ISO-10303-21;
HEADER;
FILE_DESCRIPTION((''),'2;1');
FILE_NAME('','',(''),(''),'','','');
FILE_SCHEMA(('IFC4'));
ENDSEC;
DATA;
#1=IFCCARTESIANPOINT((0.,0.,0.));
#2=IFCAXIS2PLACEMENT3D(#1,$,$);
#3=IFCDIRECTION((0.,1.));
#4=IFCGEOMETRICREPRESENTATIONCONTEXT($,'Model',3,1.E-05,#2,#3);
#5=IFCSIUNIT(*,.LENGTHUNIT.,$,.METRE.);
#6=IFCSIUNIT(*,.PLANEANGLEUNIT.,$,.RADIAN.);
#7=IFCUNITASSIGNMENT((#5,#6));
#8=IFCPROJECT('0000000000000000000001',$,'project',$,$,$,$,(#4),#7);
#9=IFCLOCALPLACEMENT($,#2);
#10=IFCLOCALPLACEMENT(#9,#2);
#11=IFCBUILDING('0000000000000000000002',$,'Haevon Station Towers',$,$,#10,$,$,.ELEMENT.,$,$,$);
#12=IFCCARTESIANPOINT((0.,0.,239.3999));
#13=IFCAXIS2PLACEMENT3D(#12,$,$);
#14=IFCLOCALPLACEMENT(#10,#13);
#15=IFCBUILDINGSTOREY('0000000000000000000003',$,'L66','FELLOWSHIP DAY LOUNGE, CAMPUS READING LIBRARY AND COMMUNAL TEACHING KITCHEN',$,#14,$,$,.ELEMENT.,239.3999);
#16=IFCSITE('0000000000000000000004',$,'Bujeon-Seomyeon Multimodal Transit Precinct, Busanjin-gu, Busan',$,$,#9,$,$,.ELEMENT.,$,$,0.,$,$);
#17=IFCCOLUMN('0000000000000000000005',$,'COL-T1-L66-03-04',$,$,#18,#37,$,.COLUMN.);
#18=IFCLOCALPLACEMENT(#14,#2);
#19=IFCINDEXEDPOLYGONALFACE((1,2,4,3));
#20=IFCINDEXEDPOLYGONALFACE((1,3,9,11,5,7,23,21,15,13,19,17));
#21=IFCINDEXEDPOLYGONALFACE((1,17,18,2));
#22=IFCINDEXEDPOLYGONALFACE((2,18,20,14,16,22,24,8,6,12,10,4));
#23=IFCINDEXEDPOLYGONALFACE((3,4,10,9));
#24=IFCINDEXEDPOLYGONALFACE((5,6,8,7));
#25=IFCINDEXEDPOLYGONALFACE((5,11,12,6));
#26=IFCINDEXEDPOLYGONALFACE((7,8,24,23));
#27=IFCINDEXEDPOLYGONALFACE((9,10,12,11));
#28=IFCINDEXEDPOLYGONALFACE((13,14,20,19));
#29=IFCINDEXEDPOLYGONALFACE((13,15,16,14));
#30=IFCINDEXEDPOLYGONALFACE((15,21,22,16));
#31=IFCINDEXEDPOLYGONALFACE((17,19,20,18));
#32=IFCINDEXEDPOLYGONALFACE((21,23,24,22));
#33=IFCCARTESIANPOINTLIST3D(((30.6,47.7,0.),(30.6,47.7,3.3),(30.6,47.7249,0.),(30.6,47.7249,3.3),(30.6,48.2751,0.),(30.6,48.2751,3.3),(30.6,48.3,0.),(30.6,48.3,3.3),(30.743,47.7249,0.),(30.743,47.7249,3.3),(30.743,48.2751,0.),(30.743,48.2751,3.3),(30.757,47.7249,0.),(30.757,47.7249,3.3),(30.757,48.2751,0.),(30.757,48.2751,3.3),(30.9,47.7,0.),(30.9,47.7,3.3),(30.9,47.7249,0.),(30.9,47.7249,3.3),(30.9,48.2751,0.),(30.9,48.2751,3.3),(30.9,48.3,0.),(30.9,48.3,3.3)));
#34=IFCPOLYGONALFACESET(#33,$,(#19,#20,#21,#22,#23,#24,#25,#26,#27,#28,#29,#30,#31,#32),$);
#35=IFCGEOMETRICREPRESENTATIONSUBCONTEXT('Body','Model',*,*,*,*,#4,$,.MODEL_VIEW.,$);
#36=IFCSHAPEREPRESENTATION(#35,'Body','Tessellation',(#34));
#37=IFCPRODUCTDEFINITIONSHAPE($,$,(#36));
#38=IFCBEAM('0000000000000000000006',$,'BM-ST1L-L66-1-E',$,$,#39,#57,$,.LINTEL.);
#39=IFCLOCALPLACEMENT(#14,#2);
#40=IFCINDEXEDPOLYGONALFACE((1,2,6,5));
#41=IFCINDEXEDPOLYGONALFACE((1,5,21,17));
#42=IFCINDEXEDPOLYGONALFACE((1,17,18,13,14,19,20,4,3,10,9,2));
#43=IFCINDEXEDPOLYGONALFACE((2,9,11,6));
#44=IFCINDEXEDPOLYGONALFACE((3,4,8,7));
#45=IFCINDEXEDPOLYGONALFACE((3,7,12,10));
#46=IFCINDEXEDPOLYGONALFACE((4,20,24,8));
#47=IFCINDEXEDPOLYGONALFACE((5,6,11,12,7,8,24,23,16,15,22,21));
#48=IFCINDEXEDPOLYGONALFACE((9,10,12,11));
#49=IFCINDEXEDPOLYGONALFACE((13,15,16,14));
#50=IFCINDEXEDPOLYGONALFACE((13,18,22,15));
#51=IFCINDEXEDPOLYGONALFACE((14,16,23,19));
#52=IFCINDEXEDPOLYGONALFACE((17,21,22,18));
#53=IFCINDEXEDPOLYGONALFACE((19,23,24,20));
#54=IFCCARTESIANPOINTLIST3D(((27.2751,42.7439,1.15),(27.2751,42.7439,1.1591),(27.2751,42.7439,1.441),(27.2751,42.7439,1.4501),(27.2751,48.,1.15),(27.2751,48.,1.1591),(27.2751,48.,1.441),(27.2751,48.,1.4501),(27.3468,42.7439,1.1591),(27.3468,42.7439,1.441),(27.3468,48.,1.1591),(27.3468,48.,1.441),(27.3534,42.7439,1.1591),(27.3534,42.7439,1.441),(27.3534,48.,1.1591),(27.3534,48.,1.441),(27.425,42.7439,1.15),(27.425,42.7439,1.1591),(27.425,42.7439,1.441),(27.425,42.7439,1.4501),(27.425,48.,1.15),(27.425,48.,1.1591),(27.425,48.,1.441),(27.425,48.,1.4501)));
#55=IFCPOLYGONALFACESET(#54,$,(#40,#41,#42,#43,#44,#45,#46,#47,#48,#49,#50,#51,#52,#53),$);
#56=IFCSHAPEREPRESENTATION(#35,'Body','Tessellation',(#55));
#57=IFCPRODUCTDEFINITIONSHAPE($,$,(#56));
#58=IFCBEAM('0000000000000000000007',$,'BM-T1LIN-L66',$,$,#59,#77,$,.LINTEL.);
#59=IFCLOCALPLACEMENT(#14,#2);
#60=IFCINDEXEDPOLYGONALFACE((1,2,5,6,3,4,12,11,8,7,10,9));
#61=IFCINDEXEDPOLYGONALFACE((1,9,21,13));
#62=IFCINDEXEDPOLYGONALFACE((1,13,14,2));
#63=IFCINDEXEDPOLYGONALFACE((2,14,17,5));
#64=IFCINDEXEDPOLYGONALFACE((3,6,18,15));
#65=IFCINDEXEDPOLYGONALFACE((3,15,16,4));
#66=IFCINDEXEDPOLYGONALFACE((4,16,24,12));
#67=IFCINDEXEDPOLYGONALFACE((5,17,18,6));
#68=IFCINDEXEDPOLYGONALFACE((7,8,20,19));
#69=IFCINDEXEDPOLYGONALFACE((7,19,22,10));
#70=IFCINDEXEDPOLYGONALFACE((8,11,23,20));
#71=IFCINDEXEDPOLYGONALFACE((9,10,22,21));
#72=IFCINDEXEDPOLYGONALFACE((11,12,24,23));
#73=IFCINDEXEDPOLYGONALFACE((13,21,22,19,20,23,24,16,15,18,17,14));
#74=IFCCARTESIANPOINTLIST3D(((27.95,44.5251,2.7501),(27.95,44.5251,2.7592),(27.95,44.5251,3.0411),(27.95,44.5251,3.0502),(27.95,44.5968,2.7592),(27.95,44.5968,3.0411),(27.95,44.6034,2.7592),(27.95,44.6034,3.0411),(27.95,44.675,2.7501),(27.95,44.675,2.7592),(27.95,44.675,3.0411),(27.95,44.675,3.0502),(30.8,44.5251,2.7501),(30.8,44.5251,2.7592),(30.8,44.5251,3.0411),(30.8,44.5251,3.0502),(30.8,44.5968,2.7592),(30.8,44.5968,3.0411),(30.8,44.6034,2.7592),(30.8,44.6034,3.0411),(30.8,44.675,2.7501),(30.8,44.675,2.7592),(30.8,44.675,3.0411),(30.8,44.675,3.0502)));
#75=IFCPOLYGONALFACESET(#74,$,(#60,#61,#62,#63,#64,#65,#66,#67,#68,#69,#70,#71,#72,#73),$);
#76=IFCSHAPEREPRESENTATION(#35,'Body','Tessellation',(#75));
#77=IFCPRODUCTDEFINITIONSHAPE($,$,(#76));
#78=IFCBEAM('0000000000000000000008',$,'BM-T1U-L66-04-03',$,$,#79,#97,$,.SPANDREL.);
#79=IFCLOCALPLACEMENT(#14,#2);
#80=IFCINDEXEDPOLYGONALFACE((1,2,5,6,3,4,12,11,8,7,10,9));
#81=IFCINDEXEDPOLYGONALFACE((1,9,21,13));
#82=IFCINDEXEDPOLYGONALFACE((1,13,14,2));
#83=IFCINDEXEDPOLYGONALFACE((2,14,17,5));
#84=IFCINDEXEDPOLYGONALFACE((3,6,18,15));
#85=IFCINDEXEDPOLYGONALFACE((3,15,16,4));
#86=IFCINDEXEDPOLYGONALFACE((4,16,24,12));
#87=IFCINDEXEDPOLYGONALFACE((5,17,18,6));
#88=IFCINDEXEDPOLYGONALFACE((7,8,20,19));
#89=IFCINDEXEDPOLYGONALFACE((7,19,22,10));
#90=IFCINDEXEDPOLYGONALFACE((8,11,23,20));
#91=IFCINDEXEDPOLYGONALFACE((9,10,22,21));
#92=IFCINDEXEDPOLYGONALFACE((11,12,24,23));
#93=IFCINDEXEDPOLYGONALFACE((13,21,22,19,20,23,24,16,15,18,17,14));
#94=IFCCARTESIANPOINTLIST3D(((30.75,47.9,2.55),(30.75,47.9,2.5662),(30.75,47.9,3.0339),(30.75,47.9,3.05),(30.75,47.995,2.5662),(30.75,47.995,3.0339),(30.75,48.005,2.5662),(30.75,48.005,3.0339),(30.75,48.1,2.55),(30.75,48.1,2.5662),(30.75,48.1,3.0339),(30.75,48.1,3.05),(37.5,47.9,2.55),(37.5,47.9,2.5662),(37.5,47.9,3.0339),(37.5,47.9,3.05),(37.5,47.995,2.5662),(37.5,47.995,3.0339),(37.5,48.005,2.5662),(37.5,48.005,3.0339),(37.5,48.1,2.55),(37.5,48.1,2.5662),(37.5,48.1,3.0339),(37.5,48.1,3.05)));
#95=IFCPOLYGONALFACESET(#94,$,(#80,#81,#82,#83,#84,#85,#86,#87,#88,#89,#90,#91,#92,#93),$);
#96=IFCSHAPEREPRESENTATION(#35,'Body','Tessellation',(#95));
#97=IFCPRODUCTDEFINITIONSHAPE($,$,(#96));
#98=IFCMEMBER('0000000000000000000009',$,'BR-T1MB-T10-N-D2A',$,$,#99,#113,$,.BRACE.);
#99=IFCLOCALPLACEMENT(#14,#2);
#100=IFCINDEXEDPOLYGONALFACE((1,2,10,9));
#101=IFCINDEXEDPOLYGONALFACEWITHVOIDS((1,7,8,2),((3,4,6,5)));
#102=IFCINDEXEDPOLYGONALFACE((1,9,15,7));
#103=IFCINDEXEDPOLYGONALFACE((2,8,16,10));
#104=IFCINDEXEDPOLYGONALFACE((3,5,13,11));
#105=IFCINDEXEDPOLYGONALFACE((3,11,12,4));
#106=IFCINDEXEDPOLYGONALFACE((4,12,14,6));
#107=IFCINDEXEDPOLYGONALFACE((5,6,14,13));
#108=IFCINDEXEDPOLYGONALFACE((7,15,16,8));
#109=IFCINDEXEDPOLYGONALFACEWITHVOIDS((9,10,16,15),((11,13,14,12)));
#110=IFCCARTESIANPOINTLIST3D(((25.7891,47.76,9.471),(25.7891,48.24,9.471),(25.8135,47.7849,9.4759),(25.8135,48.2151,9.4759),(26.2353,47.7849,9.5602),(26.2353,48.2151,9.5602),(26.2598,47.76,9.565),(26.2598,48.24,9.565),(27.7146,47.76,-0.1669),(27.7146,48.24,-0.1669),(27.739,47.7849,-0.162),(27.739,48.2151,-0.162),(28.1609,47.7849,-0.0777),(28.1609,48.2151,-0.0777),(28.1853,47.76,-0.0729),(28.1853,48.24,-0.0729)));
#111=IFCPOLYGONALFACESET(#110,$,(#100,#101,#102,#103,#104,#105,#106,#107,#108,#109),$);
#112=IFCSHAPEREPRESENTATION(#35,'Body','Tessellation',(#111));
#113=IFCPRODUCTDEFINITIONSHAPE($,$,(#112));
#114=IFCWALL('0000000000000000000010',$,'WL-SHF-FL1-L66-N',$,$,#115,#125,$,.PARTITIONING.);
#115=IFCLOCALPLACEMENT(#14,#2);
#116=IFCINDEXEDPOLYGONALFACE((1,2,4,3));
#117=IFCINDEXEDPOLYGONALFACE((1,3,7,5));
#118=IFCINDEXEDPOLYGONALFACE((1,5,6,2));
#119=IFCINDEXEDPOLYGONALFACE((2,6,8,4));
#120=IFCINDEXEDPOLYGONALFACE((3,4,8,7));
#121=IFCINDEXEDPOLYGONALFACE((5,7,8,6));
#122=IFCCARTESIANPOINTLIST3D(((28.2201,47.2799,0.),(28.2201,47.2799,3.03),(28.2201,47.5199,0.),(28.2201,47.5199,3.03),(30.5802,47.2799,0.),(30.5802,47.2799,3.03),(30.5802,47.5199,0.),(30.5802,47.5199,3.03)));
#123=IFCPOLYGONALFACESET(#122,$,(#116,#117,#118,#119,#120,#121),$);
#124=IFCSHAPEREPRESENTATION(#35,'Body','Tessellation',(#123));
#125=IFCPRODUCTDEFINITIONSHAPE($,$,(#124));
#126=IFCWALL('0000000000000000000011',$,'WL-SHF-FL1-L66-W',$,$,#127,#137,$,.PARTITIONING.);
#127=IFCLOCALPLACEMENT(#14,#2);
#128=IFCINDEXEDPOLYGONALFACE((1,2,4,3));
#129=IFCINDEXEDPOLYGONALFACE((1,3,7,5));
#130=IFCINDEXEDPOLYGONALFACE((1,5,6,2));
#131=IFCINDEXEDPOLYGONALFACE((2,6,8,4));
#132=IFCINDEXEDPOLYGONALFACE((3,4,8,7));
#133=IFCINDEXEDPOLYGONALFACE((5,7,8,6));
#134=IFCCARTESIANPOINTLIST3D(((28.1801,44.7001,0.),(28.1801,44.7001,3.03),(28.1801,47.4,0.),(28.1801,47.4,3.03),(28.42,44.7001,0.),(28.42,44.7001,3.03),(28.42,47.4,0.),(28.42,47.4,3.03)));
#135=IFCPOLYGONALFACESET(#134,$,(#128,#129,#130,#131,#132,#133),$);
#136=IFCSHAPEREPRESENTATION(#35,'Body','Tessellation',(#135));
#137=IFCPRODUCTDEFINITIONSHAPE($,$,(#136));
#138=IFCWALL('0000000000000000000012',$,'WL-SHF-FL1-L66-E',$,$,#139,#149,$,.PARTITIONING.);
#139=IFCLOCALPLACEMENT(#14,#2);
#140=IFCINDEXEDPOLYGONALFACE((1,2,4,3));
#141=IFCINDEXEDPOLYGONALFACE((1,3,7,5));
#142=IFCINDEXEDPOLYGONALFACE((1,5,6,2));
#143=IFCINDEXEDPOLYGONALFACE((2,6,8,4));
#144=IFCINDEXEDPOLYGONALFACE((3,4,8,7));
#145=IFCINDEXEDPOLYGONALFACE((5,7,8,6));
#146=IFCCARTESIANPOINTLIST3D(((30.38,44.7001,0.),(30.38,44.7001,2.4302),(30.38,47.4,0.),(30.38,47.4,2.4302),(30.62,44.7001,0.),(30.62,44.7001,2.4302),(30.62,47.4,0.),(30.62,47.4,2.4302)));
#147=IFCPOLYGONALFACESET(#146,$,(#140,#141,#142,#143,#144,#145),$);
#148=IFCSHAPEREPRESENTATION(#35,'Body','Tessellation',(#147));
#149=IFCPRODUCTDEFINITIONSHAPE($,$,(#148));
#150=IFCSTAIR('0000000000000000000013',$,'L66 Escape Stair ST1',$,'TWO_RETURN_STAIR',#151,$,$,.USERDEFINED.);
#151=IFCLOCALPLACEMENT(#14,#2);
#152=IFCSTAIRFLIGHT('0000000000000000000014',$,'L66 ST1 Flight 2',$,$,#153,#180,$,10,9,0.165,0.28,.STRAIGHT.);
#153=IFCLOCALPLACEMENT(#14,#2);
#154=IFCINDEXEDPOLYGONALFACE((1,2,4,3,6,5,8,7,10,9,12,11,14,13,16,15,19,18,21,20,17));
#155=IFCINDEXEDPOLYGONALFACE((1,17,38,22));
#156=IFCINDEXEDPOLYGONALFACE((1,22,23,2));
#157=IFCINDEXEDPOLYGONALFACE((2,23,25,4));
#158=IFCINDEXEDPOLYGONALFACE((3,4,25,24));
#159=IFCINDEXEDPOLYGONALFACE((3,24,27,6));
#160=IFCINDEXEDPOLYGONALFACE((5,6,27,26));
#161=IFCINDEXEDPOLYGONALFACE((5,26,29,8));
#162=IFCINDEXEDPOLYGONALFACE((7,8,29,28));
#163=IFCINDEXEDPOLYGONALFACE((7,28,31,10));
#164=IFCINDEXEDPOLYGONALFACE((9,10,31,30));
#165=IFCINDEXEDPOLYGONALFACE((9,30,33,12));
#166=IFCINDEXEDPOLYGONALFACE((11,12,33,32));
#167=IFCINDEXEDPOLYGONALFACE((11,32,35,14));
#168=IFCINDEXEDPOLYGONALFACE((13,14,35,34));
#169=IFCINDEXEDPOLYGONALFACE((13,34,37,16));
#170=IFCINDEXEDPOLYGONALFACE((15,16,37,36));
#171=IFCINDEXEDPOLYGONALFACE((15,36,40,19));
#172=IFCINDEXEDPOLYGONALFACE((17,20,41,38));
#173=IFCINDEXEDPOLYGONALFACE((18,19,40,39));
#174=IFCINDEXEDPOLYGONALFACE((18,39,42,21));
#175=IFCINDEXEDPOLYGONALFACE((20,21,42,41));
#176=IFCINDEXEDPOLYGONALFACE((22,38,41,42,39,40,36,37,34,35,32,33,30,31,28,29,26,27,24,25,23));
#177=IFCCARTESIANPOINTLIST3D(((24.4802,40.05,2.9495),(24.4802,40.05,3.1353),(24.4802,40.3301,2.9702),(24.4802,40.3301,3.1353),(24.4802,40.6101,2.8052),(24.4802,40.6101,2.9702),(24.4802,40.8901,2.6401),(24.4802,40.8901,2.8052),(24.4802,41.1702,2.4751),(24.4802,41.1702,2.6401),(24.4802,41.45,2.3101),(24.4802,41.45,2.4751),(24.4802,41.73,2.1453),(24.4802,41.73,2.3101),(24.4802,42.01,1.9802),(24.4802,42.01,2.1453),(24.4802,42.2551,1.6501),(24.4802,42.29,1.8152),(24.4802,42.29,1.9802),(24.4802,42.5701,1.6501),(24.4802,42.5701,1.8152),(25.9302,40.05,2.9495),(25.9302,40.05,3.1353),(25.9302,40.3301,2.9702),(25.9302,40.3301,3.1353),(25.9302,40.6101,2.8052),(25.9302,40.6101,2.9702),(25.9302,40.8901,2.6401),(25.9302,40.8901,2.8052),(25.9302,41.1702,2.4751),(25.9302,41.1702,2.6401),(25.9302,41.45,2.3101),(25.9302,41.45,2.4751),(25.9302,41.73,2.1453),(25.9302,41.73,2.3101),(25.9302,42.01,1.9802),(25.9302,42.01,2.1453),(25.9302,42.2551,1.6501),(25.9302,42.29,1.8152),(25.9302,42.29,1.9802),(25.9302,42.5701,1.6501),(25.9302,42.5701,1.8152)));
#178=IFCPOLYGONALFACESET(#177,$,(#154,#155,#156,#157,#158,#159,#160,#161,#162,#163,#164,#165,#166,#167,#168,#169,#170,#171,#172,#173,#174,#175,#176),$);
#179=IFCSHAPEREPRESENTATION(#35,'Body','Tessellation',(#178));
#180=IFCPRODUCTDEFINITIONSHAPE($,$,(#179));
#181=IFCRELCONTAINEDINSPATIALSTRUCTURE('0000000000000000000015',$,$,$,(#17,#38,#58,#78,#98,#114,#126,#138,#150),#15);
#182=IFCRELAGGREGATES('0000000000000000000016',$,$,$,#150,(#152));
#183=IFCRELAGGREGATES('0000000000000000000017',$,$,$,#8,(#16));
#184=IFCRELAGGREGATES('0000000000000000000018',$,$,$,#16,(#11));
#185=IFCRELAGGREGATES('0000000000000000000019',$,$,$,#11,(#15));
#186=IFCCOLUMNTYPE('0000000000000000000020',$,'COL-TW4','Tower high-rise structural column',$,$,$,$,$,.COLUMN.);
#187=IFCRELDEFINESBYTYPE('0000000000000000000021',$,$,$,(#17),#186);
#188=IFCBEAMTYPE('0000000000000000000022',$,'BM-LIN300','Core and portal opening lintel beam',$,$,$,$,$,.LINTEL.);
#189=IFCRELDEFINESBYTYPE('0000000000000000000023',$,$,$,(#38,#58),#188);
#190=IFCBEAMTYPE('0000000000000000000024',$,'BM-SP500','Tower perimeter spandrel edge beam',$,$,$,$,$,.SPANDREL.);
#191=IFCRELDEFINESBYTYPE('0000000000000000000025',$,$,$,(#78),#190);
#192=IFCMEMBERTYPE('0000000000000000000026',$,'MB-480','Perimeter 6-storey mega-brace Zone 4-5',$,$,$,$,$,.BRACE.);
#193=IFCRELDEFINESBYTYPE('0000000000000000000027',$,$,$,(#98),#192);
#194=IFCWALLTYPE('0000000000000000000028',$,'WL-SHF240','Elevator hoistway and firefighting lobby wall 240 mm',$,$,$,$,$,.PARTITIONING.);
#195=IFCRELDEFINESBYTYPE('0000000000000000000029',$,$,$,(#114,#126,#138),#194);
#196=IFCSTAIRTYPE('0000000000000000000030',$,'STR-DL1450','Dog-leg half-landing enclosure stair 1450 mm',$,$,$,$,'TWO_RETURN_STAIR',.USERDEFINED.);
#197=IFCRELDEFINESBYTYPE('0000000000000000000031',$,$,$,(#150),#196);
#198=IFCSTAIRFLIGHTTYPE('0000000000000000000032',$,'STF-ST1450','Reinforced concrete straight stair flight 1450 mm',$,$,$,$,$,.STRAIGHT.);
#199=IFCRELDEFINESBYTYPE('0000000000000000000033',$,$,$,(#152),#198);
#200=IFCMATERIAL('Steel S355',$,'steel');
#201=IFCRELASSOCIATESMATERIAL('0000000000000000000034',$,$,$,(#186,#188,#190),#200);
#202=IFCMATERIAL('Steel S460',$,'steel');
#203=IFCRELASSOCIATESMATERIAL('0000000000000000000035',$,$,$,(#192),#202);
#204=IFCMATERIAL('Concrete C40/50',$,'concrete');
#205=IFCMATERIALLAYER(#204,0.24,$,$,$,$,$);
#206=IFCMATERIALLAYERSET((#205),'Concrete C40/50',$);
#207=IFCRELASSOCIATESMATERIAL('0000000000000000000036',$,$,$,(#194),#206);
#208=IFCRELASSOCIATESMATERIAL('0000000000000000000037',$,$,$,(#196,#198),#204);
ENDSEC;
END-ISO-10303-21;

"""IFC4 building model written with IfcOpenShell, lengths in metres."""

from ifc_helpers import new_model, si_unit, direction, frame, frame_2d, origin, origin_2d, place, context, subcontext, project, spatial, polyline, rectangle, hollow_rectangle, i_section, outline, extrude, material, layer, layer_set, material_profile, profile_set, type_object, element, aggregate, save


model = new_model("IFC4")

# Units and contexts
model_context = context("Model", 3, precision=1e-05, world=origin(), true_north=direction((0.0, 1.0)))
body_context = subcontext(model_context, "Body", "Model", "MODEL_VIEW")
ifc_project = project(units=[si_unit("LENGTHUNIT", "METRE"), si_unit("PLANEANGLEUNIT", "RADIAN")], contexts=[model_context])

# Site, building, storey
site_placement = place(None, origin())
site = spatial("IfcSite", under=ifc_project, at=site_placement, Name="Bujeon-Seomyeon Multimodal Transit Precinct, Busanjin-gu, Busan", CompositionType="ELEMENT", RefElevation=0.0)
building_placement = place(site_placement, origin())
building = spatial("IfcBuilding", under=site, at=building_placement, Name="Haevon Station Towers", CompositionType="ELEMENT")
storey_placement = place(building_placement, frame((0.0, 0.0, 239.3999)))
storey = spatial("IfcBuildingStorey", under=building, at=storey_placement, Name="L66", Description="FELLOWSHIP DAY LOUNGE, CAMPUS READING LIBRARY AND COMMUNAL TEACHING KITCHEN", CompositionType="ELEMENT", Elevation=239.3999)

# Column
ifc_material_1 = material(Name="Steel S355", Category="steel")
ifc_material_profile_1 = material_profile(ifc_material_1, i_section(OverallWidth=0.3, OverallDepth=0.6001, WebThickness=0.0139, FlangeThickness=0.0249, at=origin_2d()), Name="H-600x300x14x25")
ifc_profile_set_1 = profile_set([ifc_material_profile_1], Name="Steel S355")
column_type = type_object("IfcColumnType", Name="COL-TW4", Description="Tower high-rise structural column", PredefinedType="COLUMN", material=ifc_profile_set_1)
column_placement = place(storey_placement, frame((30.75, 48.0, 0.0), z_axis=(0.0, 0.0, 1.0), x_axis=(1.0, 0.0, 0.0)))
element("IfcColumn", 1, at=column_placement, inside=storey, type_object=column_type, Name="COL-T1-L66-03-04", PredefinedType="COLUMN", context=body_context, shape_type="SweptSolid", body=[
    extrude(i_section(OverallWidth=0.3, OverallDepth=0.6001, WebThickness=0.0139, FlangeThickness=0.0249, at=origin_2d()), origin(), (0.0, 0.0, 1.0), 3.3),
])

# Beams
ifc_material_profile_2 = material_profile(ifc_material_1, i_section(OverallWidth=0.1499, OverallDepth=0.3, WebThickness=0.0066, FlangeThickness=0.009, at=origin_2d()), Name="H-300x150x6.5x9")
ifc_profile_set_2 = profile_set([ifc_material_profile_2], Name="Steel S355")
beam_type_1 = type_object("IfcBeamType", Name="BM-LIN300", Description="Core and portal opening lintel beam", PredefinedType="LINTEL", material=ifc_profile_set_2)
beam_1_placement = place(storey_placement, frame((27.3501, 42.7439, 1.3), z_axis=(0.0, 1.0, 0.0), x_axis=(-1.0, 0.0, 0.0)))
element("IfcBeam", 2, at=beam_1_placement, inside=storey, type_object=beam_type_1, Name="BM-ST1L-L66-1-E", PredefinedType="LINTEL", context=body_context, shape_type="SweptSolid", body=[
    extrude(i_section(OverallWidth=0.1499, OverallDepth=0.3, WebThickness=0.0066, FlangeThickness=0.009, at=origin_2d()), origin(), (0.0, 0.0, 1.0), 5.2561),
])
beam_2_placement = place(storey_placement, frame((27.95, 44.6001, 2.9001), z_axis=(1.0, 0.0, 0.0), x_axis=(0.0, 1.0, 0.0)))
element("IfcBeam", 3, at=beam_2_placement, inside=storey, type_object=beam_type_1, Name="BM-T1LIN-L66", PredefinedType="LINTEL", context=body_context, shape_type="SweptSolid", body=[
    extrude(i_section(OverallWidth=0.1499, OverallDepth=0.3, WebThickness=0.0066, FlangeThickness=0.009, at=origin_2d()), origin(), (0.0, 0.0, 1.0), 2.8501),
])
ifc_material_profile_3 = material_profile(ifc_material_1, i_section(OverallWidth=0.2, OverallDepth=0.5, WebThickness=0.01, FlangeThickness=0.0161, at=origin_2d()), Name="H-500x200x10x16")
ifc_profile_set_3 = profile_set([ifc_material_profile_3], Name="Steel S355")
beam_type_2 = type_object("IfcBeamType", Name="BM-SP500", Description="Tower perimeter spandrel edge beam", PredefinedType="SPANDREL", material=ifc_profile_set_3)
beam_3_placement = place(storey_placement, frame((30.75, 48.0, 2.8), z_axis=(1.0, 0.0, 0.0), x_axis=(0.0, 1.0, 0.0)))
element("IfcBeam", 4, at=beam_3_placement, inside=storey, type_object=beam_type_2, Name="BM-T1U-L66-04-03", PredefinedType="SPANDREL", context=body_context, shape_type="SweptSolid", body=[
    extrude(i_section(OverallWidth=0.2, OverallDepth=0.5, WebThickness=0.01, FlangeThickness=0.0161, at=origin_2d()), origin(), (0.0, 0.0, 1.0), 6.75),
])

# Member
ifc_material_2 = material(Name="Steel S460", Category="steel")
ifc_material_profile_4 = material_profile(ifc_material_2, hollow_rectangle(XDim=0.48, YDim=0.48, WallThickness=0.0249, at=origin_2d()), Name="RHS-480x480x25")
ifc_profile_set_4 = profile_set([ifc_material_profile_4], Name="Steel S460")
member_type = type_object("IfcMemberType", Name="MB-480", Description="Perimeter 6-storey mega-brace Zone 4-5", PredefinedType="BRACE", material=ifc_profile_set_4)
member_placement = place(storey_placement, frame((27.95, 48.0, -0.1199), z_axis=(-0.195915, 0.0, 0.980621), x_axis=(0.0, -1.0, 0.0)))
element("IfcMember", 5, at=member_placement, inside=storey, type_object=member_type, Name="BR-T1MB-T10-N-D2A", PredefinedType="BRACE", context=body_context, shape_type="SweptSolid", body=[
    extrude(hollow_rectangle(XDim=0.48, YDim=0.48, WallThickness=0.0249, at=origin_2d()), origin(), (0.0, 0.0, 1.0), 9.8284),
])

# Shared definitions
ifc_material_3 = material(Name="Concrete C40/50", Category="concrete")
ifc_layer = layer(ifc_material_3, 0.24)
ifc_layer_set = layer_set([ifc_layer], Name="Concrete C40/50")
wall_type = type_object("IfcWallType", Name="WL-SHF240", Description="Elevator hoistway and firefighting lobby wall 240 mm", PredefinedType="PARTITIONING", material=ifc_layer_set)

# Walls
wall_1_placement = place(storey_placement, frame((28.22, 47.3999, 0.0), z_axis=(0.0, 0.0, 1.0), x_axis=(1.0, 0.0, 0.0)))
element("IfcWall", 6, at=wall_1_placement, inside=storey, type_object=wall_type, Name="WL-SHF-FL1-L66-N", PredefinedType="PARTITIONING", context=body_context, shape_type="SweptSolid", body=[
    extrude(rectangle(XDim=2.3601, YDim=0.24, at=frame_2d((1.1802, 0.0))), origin(), (0.0, 0.0, 1.0), 3.03),
])
wall_2_placement = place(storey_placement, frame((28.3, 44.7, 0.0), z_axis=(0.0, 0.0, 1.0), x_axis=(0.0, 1.0, 0.0)))
element("IfcWall", 7, at=wall_2_placement, inside=storey, type_object=wall_type, Name="WL-SHF-FL1-L66-W", PredefinedType="PARTITIONING", context=body_context, shape_type="SweptSolid", body=[
    extrude(rectangle(XDim=2.7, YDim=0.24, at=frame_2d((1.3501, 0.0))), origin(), (0.0, 0.0, 1.0), 3.03),
])
wall_3_placement = place(storey_placement, frame((30.5, 44.7, 0.0), z_axis=(0.0, 0.0, 1.0), x_axis=(0.0, 1.0, 0.0)))
element("IfcWall", 8, at=wall_3_placement, inside=storey, type_object=wall_type, Name="WL-SHF-FL1-L66-E", PredefinedType="PARTITIONING", context=body_context, shape_type="SweptSolid", body=[
    extrude(rectangle(XDim=2.7, YDim=0.24, at=frame_2d((1.3501, 0.0))), origin(), (0.0, 0.0, 1.0), 2.4302),
])

# Stair, stair flight
stair_type = type_object("IfcStairType", Name="STR-DL1450", Description="Dog-leg half-landing enclosure stair 1450 mm", ElementType="TWO_RETURN_STAIR", PredefinedType="USERDEFINED", material=ifc_material_3)
stair_placement = place(storey_placement, origin())
stair = element("IfcStair", 9, at=stair_placement, inside=storey, type_object=stair_type, Name="L66 Escape Stair ST1", ObjectType="TWO_RETURN_STAIR", PredefinedType="USERDEFINED")
stair_flight_type = type_object("IfcStairFlightType", Name="STF-ST1450", Description="Reinforced concrete straight stair flight 1450 mm", PredefinedType="STRAIGHT", material=ifc_material_3)
stair_flight_placement = place(storey_placement, frame((25.2051, 42.5701, 1.6501), z_axis=(0.0, 0.0, 1.0), x_axis=(0.0, -1.0, 0.0)))
stair_flight = element("IfcStairFlight", 10, at=stair_flight_placement, type_object=stair_flight_type, Name="L66 ST1 Flight 2", NumberOfRisers=10, NumberOfTreads=9, PredefinedType="STRAIGHT", RiserHeight=0.165, TreadLength=0.28, context=body_context, shape_type="SweptSolid", body=[
    extrude(outline(polyline([(0.0, 0.0), (0.0, 0.165), (0.28, 0.165), (0.28, 0.3301), (0.5601, 0.3301), (0.5601, 0.4951), (0.8401, 0.4951), (0.8401, 0.6599), (1.1201, 0.6599), (1.1201, 0.825), (1.3999, 0.825), (1.3999, 0.99), (1.6799, 0.99), (1.6799, 1.155), (1.96, 1.155), (1.96, 1.3201), (2.24, 1.3201), (2.24, 1.4851), (2.52, 1.4851), (2.52, 1.6499), (2.52, 1.2993), (0.3149, 0.0), (0.0, 0.0)])), frame((0.0, 0.7251, 0.0), z_axis=(0.0, -1.0, 0.0), x_axis=(1.0, 0.0, 0.0)), (0.0, 0.0, 1.0), 1.45),
])
aggregate(stair, [stair_flight])

save(model, "model.ifc")
